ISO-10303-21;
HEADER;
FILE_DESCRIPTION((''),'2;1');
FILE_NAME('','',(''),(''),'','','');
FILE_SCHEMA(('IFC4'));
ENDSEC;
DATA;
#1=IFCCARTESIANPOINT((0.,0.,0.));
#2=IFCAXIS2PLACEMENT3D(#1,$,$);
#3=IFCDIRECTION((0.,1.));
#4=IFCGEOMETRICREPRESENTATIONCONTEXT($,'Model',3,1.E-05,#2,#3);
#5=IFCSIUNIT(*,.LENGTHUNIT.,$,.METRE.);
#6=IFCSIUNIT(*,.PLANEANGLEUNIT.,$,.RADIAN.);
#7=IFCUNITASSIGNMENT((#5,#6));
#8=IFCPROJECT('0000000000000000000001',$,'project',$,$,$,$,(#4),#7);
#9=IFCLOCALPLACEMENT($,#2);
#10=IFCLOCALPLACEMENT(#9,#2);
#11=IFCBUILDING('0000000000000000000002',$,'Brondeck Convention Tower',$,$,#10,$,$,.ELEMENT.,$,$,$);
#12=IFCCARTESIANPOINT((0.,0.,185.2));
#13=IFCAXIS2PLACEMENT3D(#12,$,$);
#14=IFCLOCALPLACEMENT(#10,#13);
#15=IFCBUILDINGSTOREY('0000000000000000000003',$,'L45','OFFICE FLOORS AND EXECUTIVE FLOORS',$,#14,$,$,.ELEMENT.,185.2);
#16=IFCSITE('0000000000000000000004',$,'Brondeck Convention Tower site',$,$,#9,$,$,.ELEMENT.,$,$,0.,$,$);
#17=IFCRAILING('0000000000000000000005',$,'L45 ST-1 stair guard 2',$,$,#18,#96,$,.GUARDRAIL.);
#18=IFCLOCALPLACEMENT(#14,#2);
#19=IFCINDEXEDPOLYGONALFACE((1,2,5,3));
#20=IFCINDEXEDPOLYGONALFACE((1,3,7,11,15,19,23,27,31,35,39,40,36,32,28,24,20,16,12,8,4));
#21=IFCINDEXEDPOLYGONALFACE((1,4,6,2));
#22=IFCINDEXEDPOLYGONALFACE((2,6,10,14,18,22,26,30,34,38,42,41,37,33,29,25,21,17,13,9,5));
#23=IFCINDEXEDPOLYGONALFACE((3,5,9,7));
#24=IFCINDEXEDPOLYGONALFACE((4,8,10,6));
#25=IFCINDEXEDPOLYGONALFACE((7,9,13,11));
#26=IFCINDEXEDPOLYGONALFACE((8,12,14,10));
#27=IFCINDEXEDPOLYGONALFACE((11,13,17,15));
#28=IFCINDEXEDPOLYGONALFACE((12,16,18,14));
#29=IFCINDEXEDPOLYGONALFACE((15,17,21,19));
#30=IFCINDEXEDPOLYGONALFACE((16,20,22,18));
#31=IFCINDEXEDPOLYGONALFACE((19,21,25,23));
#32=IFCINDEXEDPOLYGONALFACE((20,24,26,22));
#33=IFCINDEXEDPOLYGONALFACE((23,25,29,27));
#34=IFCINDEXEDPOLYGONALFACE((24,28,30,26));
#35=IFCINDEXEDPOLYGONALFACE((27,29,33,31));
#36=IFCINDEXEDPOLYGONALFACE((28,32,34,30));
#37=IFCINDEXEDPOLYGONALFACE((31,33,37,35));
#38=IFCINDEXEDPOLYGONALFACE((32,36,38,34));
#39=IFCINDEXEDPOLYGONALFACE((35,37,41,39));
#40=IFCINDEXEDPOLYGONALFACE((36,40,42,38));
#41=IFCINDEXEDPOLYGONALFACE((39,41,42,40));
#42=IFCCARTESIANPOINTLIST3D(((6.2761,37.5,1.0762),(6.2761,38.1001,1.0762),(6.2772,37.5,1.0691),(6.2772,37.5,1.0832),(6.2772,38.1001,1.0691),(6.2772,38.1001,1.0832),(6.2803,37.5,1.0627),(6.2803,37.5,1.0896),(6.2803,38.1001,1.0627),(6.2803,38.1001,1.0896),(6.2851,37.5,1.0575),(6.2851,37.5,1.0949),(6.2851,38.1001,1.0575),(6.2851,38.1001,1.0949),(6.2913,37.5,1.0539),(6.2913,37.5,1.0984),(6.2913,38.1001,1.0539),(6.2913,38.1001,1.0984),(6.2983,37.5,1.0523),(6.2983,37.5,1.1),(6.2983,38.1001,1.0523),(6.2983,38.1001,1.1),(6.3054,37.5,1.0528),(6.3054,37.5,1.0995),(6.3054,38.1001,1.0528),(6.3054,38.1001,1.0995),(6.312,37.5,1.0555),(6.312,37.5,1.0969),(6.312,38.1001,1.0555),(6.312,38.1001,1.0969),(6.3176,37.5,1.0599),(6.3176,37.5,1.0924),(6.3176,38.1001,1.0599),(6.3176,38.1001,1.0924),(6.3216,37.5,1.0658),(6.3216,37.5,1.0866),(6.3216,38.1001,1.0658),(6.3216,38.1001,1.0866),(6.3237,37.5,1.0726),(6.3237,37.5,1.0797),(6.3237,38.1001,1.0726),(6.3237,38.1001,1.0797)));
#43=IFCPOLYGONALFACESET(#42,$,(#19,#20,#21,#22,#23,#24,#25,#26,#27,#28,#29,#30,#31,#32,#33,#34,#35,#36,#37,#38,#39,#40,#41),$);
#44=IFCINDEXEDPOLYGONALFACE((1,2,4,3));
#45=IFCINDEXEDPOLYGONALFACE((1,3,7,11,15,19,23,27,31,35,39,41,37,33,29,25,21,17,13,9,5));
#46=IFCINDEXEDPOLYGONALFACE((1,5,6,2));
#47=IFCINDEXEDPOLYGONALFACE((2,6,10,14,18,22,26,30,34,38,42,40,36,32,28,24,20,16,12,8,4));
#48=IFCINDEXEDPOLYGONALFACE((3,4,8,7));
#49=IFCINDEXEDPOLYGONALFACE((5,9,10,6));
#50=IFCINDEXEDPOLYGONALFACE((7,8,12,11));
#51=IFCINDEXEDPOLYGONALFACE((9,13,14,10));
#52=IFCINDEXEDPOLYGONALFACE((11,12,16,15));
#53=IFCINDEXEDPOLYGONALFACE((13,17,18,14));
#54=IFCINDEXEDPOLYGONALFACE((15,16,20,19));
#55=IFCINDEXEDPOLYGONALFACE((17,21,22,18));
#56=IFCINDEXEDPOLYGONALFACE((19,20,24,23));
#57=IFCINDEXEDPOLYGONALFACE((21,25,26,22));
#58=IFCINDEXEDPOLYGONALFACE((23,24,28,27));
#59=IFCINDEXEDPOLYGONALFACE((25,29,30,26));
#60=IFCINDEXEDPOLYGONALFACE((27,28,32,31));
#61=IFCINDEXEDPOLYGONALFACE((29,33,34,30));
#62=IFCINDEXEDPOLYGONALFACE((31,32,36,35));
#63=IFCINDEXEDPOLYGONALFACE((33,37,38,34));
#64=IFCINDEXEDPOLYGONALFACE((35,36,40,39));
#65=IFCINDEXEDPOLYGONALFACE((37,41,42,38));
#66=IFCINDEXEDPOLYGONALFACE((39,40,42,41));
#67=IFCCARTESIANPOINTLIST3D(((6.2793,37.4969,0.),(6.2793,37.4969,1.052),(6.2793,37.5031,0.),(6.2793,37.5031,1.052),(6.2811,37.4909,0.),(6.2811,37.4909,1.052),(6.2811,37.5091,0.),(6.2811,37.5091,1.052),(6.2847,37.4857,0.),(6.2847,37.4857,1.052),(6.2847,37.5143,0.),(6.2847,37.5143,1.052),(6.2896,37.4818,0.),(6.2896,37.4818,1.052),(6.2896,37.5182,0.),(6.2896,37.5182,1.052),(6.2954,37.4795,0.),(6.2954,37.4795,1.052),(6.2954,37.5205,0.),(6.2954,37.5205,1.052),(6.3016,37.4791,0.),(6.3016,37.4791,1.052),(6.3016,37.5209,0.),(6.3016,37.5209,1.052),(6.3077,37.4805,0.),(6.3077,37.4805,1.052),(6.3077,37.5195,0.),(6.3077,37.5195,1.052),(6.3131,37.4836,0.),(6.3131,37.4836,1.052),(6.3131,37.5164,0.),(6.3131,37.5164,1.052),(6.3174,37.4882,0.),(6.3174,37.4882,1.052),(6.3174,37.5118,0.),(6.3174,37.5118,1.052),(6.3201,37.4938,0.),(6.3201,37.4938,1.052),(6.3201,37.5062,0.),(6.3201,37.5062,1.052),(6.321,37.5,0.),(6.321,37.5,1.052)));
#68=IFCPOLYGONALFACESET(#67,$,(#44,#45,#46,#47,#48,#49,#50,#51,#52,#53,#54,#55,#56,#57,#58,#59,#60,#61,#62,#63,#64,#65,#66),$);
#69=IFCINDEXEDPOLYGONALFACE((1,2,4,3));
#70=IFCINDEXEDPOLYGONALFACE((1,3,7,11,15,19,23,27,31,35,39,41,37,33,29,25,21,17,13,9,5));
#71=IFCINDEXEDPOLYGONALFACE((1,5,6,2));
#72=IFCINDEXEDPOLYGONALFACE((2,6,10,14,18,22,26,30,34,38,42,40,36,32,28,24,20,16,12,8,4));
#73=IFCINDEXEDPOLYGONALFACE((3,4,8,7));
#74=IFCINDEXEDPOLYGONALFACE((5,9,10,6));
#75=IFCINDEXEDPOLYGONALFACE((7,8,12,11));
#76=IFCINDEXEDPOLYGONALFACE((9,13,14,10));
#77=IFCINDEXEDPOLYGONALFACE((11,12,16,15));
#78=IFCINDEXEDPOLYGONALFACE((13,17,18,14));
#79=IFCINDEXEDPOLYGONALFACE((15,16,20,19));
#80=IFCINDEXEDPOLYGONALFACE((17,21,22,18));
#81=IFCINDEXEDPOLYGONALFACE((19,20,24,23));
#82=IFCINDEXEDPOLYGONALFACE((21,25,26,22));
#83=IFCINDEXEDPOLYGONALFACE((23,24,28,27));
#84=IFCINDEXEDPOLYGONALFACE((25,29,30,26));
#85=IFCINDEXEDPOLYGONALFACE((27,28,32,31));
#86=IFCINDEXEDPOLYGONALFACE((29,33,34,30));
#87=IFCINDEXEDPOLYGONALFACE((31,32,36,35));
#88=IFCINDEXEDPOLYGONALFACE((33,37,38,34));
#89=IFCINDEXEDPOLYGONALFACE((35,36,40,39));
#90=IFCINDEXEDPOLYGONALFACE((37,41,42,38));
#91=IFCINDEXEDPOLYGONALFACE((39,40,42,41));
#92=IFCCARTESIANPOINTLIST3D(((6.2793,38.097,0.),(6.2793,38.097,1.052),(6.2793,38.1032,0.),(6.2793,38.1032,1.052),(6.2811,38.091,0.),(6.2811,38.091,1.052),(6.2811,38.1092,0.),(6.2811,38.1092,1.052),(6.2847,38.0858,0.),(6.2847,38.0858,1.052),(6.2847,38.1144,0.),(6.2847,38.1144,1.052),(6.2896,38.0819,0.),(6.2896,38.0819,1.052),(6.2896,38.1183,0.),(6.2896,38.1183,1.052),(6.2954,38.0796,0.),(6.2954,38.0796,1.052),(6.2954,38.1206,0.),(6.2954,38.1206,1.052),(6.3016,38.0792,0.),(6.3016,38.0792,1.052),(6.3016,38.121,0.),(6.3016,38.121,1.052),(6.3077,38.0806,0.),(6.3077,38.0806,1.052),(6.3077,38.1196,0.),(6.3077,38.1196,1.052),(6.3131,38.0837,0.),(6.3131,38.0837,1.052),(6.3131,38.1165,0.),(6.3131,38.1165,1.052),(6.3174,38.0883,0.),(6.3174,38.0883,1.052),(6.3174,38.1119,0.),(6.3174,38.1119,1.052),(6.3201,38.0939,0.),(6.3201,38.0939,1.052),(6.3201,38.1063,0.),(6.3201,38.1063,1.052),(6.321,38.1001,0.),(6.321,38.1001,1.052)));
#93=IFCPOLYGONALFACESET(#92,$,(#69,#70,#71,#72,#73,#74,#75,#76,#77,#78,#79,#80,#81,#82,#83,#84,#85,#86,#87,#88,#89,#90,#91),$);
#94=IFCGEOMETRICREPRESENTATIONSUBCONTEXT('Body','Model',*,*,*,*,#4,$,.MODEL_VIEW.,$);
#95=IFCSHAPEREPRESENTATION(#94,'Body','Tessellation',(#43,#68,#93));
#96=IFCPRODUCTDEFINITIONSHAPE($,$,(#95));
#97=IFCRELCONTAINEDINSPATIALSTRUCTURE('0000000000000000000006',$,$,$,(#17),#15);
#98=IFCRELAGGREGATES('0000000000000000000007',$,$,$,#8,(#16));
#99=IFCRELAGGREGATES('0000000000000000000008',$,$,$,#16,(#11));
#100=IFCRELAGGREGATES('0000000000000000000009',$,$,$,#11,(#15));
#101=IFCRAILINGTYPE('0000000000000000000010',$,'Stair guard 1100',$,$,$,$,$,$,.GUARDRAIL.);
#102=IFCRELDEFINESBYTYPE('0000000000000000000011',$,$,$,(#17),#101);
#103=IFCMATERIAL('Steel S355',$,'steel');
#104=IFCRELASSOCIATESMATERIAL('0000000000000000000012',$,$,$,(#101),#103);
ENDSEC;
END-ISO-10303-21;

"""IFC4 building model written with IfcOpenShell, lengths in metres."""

from ifc_helpers import new_model, si_unit, direction, frame, origin, origin_2d, place, context, subcontext, project, spatial, circle, extrude, material, type_object, element, save


model = new_model("IFC4")

# Units and contexts
model_context = context("Model", 3, precision=1e-05, world=origin(), true_north=direction((0.0, 1.0)))
body_context = subcontext(model_context, "Body", "Model", "MODEL_VIEW")
ifc_project = project(units=[si_unit("LENGTHUNIT", "METRE"), si_unit("PLANEANGLEUNIT", "RADIAN")], contexts=[model_context])

# Site, building, storey
site_placement = place(None, origin())
site = spatial("IfcSite", under=ifc_project, at=site_placement, Name="Brondeck Convention Tower site", CompositionType="ELEMENT", RefElevation=0.0)
building_placement = place(site_placement, origin())
building = spatial("IfcBuilding", under=site, at=building_placement, Name="Brondeck Convention Tower", CompositionType="ELEMENT")
storey_placement = place(building_placement, frame((0.0, 0.0, 185.2)))
storey = spatial("IfcBuildingStorey", under=building, at=storey_placement, Name="L45", Description="OFFICE FLOORS AND EXECUTIVE FLOORS", CompositionType="ELEMENT", Elevation=185.2)

# Shared definitions
ifc_material_1 = material(Name="Steel S355", Category="steel")

# Railing
railing_type_1 = type_object("IfcRailingType", Name="Stair guard 1100", PredefinedType="GUARDRAIL", material=ifc_material_1)
railing_1_placement = place(storey_placement, frame((6.3, 37.5, 0.0)))
element("IfcRailing", 1, at=railing_1_placement, inside=storey, type_object=railing_type_1, Name="L45 ST-1 stair guard 2", PredefinedType="GUARDRAIL", context=body_context, shape_type="SweptSolid", body=[
    extrude(circle(Radius=0.0239, at=origin_2d()), frame((0.0, 0.0, 1.0762), z_axis=(0.0, 1.0, 0.0), x_axis=(-1.0, 0.0, 0.0)), (0.0, 0.0, 1.0), 0.6001),
    extrude(circle(Radius=0.021, at=origin_2d()), origin(), (0.0, 0.0, 1.0), 1.052),
    extrude(circle(Radius=0.021, at=origin_2d()), frame((0.0, 0.6001, 0.0)), (0.0, 0.0, 1.0), 1.052),
])

save(model, "model.ifc")
